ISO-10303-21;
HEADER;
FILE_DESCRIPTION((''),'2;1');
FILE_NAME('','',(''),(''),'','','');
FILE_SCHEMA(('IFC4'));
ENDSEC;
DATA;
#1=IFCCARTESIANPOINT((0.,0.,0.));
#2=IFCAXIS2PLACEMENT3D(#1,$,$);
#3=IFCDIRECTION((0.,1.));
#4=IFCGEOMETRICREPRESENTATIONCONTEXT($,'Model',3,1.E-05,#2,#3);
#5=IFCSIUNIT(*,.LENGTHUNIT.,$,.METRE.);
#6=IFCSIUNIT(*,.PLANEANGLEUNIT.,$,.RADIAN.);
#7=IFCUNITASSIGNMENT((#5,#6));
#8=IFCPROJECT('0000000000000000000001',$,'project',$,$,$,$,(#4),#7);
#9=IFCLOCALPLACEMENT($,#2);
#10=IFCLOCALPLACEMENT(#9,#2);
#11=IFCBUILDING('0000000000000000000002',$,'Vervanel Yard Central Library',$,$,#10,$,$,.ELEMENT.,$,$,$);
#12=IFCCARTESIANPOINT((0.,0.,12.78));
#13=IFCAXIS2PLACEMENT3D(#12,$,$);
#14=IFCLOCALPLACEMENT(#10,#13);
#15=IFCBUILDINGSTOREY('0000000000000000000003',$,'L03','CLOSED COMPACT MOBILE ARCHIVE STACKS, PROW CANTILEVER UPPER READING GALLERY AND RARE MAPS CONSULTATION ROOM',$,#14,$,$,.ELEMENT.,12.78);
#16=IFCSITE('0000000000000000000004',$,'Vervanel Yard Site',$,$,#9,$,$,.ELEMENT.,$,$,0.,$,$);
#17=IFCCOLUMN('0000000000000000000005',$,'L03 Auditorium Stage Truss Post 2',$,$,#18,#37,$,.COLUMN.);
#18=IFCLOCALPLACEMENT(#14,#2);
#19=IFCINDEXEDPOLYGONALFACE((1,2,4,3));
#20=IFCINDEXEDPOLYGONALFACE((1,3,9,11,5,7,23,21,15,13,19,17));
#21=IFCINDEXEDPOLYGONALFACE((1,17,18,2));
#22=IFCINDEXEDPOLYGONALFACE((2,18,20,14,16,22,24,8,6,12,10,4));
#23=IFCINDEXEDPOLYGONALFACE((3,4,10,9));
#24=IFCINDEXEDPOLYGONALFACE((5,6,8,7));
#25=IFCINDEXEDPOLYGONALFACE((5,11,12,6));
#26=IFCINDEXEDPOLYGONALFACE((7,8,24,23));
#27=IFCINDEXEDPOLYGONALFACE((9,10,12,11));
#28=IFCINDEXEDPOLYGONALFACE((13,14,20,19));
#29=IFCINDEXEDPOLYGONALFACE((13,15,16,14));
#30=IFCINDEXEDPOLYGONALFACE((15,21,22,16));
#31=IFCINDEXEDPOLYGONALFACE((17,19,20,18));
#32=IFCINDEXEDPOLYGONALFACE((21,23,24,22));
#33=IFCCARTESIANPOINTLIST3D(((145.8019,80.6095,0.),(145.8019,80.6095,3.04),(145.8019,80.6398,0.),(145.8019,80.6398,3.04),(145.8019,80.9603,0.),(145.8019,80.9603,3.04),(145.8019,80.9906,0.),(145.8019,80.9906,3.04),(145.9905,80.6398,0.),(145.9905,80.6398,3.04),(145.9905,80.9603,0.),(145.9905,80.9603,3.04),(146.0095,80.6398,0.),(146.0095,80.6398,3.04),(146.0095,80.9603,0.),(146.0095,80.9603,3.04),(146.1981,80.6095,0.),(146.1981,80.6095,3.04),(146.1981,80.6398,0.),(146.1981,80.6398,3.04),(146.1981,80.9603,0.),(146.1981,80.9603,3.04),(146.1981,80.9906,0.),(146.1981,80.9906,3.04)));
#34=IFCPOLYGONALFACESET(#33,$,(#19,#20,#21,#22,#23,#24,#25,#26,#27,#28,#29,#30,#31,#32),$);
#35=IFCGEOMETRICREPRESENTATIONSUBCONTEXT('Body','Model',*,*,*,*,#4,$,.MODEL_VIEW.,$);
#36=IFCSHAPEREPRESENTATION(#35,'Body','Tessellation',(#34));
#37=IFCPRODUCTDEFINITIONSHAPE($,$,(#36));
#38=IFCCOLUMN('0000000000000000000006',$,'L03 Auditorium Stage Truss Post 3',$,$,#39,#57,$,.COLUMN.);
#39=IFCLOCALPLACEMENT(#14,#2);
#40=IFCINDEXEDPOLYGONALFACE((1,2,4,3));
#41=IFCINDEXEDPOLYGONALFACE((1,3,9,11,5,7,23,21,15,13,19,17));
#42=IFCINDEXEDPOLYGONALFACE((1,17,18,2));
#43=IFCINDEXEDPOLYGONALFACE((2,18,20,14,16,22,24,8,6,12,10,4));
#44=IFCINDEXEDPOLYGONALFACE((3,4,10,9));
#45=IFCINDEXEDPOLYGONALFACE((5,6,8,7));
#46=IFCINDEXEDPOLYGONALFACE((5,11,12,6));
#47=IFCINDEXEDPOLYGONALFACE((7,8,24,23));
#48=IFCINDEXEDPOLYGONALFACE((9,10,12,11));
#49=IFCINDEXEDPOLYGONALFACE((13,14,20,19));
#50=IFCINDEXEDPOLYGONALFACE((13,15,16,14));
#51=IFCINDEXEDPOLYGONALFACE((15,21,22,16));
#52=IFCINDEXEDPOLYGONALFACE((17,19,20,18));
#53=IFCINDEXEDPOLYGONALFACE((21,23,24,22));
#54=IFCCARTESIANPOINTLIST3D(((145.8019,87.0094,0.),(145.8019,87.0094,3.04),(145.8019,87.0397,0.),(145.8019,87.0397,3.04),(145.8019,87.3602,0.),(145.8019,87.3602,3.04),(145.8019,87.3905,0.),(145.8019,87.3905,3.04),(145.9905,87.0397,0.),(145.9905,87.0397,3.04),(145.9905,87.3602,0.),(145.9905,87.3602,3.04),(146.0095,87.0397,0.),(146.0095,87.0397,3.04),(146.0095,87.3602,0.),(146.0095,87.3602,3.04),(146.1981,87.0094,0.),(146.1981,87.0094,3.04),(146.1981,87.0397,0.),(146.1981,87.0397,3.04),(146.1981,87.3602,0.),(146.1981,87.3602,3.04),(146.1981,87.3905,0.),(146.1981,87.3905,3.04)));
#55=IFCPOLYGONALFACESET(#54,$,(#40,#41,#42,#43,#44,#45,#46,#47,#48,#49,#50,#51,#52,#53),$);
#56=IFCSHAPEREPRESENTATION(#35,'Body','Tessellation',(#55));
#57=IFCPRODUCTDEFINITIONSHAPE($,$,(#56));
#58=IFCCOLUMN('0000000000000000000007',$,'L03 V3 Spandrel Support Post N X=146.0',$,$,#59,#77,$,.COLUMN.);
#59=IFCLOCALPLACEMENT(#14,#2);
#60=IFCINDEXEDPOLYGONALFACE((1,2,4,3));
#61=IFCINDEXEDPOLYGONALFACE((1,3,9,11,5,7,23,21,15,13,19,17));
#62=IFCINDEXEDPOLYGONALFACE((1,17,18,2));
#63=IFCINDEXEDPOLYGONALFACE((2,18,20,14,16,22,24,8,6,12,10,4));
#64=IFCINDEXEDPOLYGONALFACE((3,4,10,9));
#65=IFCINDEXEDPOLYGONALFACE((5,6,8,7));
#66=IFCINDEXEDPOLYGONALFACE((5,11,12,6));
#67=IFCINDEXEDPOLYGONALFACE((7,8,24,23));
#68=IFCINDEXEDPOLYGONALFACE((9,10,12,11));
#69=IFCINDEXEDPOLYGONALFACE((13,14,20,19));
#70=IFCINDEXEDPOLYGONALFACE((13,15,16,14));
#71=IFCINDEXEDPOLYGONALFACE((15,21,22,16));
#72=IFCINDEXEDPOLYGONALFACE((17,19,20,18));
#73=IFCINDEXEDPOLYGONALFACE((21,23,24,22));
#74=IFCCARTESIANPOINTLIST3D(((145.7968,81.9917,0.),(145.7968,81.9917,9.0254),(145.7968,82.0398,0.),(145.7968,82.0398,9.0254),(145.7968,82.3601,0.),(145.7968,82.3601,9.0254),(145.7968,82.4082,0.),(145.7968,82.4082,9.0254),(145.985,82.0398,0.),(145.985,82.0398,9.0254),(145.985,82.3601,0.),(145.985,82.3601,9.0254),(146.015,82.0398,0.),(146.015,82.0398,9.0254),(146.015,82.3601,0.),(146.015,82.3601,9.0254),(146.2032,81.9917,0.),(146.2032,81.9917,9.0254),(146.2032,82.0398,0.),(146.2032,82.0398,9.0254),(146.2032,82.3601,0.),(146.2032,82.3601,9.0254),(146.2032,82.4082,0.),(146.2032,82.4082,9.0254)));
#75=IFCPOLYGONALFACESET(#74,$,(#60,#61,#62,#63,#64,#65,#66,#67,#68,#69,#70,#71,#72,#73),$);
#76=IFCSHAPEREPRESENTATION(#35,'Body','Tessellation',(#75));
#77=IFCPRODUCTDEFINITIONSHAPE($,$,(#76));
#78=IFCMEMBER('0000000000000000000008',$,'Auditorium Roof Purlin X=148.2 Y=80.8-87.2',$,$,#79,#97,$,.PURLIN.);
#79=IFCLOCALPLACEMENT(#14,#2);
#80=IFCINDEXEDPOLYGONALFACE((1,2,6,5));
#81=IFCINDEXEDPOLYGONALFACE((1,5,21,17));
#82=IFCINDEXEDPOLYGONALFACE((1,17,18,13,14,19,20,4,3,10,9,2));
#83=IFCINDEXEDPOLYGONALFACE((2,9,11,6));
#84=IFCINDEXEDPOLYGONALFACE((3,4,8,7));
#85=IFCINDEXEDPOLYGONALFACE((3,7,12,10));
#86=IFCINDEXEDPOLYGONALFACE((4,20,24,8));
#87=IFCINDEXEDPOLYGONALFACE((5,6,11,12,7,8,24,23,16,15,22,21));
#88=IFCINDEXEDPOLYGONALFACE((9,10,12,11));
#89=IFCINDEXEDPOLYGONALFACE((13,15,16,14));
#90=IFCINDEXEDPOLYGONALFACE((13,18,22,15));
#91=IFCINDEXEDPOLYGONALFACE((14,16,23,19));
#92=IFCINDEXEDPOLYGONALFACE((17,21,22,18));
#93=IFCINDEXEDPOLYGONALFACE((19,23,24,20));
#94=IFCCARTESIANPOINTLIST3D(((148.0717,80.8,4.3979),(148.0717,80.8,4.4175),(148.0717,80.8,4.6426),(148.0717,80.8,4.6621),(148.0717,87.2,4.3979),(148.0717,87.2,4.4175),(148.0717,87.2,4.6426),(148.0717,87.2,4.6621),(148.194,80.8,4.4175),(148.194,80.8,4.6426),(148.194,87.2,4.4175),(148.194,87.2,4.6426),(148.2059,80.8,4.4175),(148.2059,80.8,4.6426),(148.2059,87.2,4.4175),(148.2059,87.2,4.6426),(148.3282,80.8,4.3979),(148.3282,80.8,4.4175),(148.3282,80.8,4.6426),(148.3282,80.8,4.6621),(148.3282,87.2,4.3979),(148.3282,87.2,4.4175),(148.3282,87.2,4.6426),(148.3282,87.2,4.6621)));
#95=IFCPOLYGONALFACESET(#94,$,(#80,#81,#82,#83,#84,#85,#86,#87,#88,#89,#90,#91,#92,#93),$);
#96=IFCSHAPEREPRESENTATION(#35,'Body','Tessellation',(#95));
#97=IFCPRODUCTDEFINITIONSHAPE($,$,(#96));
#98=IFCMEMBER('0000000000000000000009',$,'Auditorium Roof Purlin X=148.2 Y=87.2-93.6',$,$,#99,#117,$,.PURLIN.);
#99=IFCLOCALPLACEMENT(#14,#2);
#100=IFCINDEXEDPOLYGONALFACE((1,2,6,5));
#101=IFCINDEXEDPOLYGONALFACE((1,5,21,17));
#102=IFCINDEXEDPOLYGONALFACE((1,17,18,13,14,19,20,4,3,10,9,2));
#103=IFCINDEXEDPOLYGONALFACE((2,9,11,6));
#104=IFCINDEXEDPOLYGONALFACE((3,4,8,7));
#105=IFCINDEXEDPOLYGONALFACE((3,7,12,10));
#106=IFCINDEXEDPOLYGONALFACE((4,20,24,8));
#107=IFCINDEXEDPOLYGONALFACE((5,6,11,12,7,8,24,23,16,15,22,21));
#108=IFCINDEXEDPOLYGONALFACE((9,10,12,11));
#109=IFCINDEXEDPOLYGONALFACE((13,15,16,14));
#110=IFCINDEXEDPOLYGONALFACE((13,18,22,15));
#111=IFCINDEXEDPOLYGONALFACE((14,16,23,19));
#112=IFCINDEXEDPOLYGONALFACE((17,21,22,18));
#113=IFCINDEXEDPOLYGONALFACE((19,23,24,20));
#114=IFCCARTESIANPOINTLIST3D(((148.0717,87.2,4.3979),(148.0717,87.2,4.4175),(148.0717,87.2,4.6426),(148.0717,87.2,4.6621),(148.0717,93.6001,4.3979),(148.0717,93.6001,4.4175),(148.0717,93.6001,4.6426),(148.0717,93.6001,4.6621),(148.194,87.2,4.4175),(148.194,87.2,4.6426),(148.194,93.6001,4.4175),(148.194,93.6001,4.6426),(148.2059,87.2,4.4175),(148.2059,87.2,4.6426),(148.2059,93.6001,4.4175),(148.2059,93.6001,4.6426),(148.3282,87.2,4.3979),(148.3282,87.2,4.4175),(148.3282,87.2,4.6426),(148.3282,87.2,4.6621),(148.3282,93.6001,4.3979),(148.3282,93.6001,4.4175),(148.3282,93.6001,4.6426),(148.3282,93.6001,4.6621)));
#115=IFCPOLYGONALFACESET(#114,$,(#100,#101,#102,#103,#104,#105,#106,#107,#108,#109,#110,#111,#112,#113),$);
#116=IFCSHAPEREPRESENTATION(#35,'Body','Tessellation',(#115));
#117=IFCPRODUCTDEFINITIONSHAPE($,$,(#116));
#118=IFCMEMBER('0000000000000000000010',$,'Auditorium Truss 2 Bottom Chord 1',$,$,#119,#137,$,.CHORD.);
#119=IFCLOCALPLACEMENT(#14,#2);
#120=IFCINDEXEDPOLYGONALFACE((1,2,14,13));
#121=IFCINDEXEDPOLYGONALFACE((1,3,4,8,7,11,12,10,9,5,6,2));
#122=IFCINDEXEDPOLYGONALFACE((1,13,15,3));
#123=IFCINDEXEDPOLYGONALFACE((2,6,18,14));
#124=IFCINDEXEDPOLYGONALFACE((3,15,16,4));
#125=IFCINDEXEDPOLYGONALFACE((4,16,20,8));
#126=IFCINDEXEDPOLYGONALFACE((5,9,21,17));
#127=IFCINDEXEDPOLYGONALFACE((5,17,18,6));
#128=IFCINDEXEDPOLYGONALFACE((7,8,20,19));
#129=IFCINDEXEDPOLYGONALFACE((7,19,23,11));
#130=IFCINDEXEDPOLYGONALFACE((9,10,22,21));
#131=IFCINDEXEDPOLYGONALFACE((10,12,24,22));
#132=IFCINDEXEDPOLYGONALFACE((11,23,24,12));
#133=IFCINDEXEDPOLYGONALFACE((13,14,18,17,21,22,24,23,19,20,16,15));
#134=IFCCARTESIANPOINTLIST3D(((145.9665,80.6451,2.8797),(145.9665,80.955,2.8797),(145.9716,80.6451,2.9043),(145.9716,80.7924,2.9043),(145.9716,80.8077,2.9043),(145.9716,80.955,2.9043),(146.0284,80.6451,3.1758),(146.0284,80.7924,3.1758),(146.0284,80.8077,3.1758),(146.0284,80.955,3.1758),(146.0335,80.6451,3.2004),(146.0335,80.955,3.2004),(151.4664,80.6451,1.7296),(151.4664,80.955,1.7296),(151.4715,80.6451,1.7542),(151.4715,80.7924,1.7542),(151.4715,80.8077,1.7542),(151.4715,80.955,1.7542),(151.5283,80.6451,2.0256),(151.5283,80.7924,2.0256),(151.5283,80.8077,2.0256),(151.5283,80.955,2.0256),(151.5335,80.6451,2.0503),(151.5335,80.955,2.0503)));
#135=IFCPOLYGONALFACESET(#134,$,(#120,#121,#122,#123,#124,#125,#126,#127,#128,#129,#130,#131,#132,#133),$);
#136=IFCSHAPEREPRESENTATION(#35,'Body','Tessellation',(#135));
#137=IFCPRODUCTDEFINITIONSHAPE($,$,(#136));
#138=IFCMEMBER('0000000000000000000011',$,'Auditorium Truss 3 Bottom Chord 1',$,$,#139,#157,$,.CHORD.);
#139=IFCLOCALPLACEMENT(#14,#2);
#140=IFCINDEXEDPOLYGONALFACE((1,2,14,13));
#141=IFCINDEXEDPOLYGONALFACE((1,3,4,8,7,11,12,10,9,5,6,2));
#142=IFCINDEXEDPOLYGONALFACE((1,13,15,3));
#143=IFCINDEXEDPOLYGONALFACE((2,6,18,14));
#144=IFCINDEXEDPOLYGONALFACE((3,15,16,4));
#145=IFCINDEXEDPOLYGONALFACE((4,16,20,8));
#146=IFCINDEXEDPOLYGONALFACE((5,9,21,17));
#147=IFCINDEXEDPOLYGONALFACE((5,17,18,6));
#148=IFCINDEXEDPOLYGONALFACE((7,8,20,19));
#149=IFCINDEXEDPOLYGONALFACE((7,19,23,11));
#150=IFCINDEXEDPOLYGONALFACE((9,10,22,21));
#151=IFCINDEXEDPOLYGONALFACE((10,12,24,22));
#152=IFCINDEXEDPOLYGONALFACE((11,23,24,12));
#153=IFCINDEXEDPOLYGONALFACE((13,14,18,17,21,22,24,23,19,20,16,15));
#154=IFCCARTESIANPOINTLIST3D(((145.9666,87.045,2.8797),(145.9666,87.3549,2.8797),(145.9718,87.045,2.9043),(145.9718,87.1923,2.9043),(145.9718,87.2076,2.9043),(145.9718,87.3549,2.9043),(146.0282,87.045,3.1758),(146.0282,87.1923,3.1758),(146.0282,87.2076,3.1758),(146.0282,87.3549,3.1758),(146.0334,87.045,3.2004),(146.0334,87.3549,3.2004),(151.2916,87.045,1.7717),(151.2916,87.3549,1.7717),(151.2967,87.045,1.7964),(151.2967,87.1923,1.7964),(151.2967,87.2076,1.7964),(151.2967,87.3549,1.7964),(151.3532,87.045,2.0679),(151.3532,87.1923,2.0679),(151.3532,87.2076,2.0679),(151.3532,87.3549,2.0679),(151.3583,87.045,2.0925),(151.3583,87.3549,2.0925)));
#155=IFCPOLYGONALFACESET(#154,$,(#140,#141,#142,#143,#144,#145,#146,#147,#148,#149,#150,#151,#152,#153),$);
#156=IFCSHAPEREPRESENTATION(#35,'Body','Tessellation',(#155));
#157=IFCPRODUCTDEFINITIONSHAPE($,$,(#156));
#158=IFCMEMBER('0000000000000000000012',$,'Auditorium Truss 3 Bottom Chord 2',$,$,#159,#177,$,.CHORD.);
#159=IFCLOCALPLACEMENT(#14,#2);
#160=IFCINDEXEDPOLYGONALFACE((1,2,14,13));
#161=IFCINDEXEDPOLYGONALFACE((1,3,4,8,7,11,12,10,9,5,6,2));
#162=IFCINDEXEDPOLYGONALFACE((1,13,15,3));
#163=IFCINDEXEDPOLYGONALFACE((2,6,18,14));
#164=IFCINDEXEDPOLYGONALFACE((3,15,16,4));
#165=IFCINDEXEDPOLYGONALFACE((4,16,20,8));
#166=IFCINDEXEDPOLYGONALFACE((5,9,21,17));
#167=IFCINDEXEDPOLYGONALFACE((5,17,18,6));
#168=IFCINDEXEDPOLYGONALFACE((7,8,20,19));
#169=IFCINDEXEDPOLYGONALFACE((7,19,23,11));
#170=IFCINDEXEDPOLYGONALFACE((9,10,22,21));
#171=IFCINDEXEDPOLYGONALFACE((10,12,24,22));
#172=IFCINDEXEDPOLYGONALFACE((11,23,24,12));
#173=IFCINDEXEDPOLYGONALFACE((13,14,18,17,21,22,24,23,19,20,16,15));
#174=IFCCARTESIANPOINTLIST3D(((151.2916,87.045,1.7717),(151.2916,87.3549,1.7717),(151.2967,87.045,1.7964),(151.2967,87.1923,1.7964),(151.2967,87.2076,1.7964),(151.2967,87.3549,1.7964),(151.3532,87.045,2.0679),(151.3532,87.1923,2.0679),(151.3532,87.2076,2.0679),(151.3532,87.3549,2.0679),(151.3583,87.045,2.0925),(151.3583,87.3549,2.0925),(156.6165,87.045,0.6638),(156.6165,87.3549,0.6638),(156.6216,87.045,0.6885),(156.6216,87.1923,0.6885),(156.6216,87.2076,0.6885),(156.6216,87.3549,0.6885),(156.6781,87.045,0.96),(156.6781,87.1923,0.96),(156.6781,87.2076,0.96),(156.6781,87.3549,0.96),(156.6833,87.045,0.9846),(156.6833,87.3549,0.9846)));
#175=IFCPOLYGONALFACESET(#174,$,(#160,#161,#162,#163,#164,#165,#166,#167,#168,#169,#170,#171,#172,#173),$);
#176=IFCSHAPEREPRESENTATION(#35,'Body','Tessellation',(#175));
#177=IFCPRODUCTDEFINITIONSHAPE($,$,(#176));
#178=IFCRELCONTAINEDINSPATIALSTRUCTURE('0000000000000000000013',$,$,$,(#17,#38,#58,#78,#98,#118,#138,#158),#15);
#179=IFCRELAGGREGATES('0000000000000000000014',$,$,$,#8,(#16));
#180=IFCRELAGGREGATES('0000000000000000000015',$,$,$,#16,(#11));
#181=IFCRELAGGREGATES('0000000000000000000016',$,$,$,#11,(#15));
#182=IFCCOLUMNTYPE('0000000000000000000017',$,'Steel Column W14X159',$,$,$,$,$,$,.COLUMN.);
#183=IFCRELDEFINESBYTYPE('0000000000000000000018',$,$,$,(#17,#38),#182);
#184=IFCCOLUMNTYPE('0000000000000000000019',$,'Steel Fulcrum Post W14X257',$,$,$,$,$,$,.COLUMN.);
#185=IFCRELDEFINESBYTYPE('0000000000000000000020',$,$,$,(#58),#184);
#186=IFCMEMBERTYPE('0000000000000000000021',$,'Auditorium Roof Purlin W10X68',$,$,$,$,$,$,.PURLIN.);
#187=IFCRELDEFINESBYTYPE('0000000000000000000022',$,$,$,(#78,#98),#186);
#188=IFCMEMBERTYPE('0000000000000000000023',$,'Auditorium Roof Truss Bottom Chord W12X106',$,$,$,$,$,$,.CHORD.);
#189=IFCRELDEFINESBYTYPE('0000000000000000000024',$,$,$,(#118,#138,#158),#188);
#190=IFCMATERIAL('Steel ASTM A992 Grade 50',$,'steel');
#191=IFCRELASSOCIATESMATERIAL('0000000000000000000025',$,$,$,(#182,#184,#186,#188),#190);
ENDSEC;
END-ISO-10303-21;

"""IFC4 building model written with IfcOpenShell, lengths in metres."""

from ifc_helpers import new_model, si_unit, direction, frame, origin, origin_2d, place, context, subcontext, project, spatial, i_section, extrude, material, material_profile, profile_set, type_object, element, save


model = new_model("IFC4")

# Units and contexts
model_context = context("Model", 3, precision=1e-05, world=origin(), true_north=direction((0.0, 1.0)))
body_context = subcontext(model_context, "Body", "Model", "MODEL_VIEW")
ifc_project = project(units=[si_unit("LENGTHUNIT", "METRE"), si_unit("PLANEANGLEUNIT", "RADIAN")], contexts=[model_context])

# Site, building, storey
site_placement = place(None, origin())
site = spatial("IfcSite", under=ifc_project, at=site_placement, Name="Vervanel Yard Site", CompositionType="ELEMENT", RefElevation=0.0)
building_placement = place(site_placement, origin())
building = spatial("IfcBuilding", under=site, at=building_placement, Name="Vervanel Yard Central Library", CompositionType="ELEMENT")
storey_placement = place(building_placement, frame((0.0, 0.0, 12.78)))
storey = spatial("IfcBuildingStorey", under=building, at=storey_placement, Name="L03", Description="CLOSED COMPACT MOBILE ARCHIVE STACKS, PROW CANTILEVER UPPER READING GALLERY AND RARE MAPS CONSULTATION ROOM", CompositionType="ELEMENT", Elevation=12.78)

# Columns
ifc_material_1 = material(Name="Steel ASTM A992 Grade 50", Category="steel")
ifc_material_profile_1 = material_profile(ifc_material_1, i_section(OverallWidth=0.3962, OverallDepth=0.3811, WebThickness=0.019, FlangeThickness=0.0303, at=origin_2d()), Name="W14X159", Category="steel")
ifc_profile_set_1 = profile_set([ifc_material_profile_1], Name="Steel ASTM A992 Grade 50")
column_type_1 = type_object("IfcColumnType", Name="Steel Column W14X159", PredefinedType="COLUMN", material=ifc_profile_set_1)
for number, where, z_axis, x_axis, name in (
    (1, (146.0, 80.8, 0.0), (0.0, 0.0, 1.0), (1.0, 0.0, 0.0), "L03 Auditorium Stage Truss Post 2"),
    (2, (146.0, 87.2, 0.0), (0.0, 0.0, 1.0), (1.0, 0.0, 0.0), "L03 Auditorium Stage Truss Post 3"),
):
    element("IfcColumn", number, at=place(storey_placement, frame(where, z_axis=z_axis, x_axis=x_axis)), inside=storey, type_object=column_type_1, Name=name, PredefinedType="COLUMN", context=body_context, shape_type="SweptSolid", body=[
        extrude(i_section(OverallWidth=0.3962, OverallDepth=0.3811, WebThickness=0.019, FlangeThickness=0.0303, at=origin_2d()), origin(), (0.0, 0.0, 1.0), 3.04),
    ])
ifc_material_profile_2 = material_profile(ifc_material_1, i_section(OverallWidth=0.4065, OverallDepth=0.4165, WebThickness=0.03, FlangeThickness=0.0481, at=origin_2d()), Name="W14X257", Category="steel")
ifc_profile_set_2 = profile_set([ifc_material_profile_2], Name="Steel ASTM A992 Grade 50")
column_type_2 = type_object("IfcColumnType", Name="Steel Fulcrum Post W14X257", PredefinedType="COLUMN", material=ifc_profile_set_2)
column_placement = place(storey_placement, frame((146.0, 82.2, 0.0), z_axis=(0.0, 0.0, 1.0), x_axis=(1.0, 0.0, 0.0)))
element("IfcColumn", 3, at=column_placement, inside=storey, type_object=column_type_2, Name="L03 V3 Spandrel Support Post N X=146.0", PredefinedType="COLUMN", context=body_context, shape_type="SweptSolid", body=[
    extrude(i_section(OverallWidth=0.4065, OverallDepth=0.4165, WebThickness=0.03, FlangeThickness=0.0481, at=origin_2d()), origin(), (0.0, 0.0, 1.0), 9.0254),
])

# Members
ifc_material_profile_3 = material_profile(ifc_material_1, i_section(OverallWidth=0.2566, OverallDepth=0.2642, WebThickness=0.012, FlangeThickness=0.0195, at=origin_2d()), Name="W10X68", Category="steel")
ifc_profile_set_3 = profile_set([ifc_material_profile_3], Name="Steel ASTM A992 Grade 50")
member_type_1 = type_object("IfcMemberType", Name="Auditorium Roof Purlin W10X68", PredefinedType="PURLIN", material=ifc_profile_set_3)
member_1_placement = place(storey_placement, frame((148.2, 80.8, 4.53), z_axis=(0.0, 1.0, 0.0), x_axis=(-1.0, 0.0, 0.0)))
element("IfcMember", 4, at=member_1_placement, inside=storey, type_object=member_type_1, Name="Auditorium Roof Purlin X=148.2 Y=80.8-87.2", PredefinedType="PURLIN", context=body_context, shape_type="SweptSolid", body=[
    extrude(i_section(OverallWidth=0.2566, OverallDepth=0.2642, WebThickness=0.012, FlangeThickness=0.0195, at=origin_2d()), origin(), (0.0, 0.0, 1.0), 6.3999),
])
member_2_placement = place(storey_placement, frame((148.2, 87.2, 4.53), z_axis=(0.0, 1.0, 0.0), x_axis=(-1.0, 0.0, 0.0)))
element("IfcMember", 5, at=member_2_placement, inside=storey, type_object=member_type_1, Name="Auditorium Roof Purlin X=148.2 Y=87.2-93.6", PredefinedType="PURLIN", context=body_context, shape_type="SweptSolid", body=[
    extrude(i_section(OverallWidth=0.2566, OverallDepth=0.2642, WebThickness=0.012, FlangeThickness=0.0195, at=origin_2d()), origin(), (0.0, 0.0, 1.0), 6.4001),
])
ifc_material_profile_4 = material_profile(ifc_material_1, i_section(OverallWidth=0.3098, OverallDepth=0.3276, WebThickness=0.0154, FlangeThickness=0.0251, at=origin_2d()), Name="W12X106", Category="steel")
ifc_profile_set_4 = profile_set([ifc_material_profile_4], Name="Steel ASTM A992 Grade 50")
member_type_2 = type_object("IfcMemberType", Name="Auditorium Roof Truss Bottom Chord W12X106", PredefinedType="CHORD", material=ifc_profile_set_4)
member_3_placement = place(storey_placement, frame((146.0, 80.8, 3.04), z_axis=(0.978827, 0.0, -0.20469), x_axis=(0.0, 1.0, 0.0)))
element("IfcMember", 6, at=member_3_placement, inside=storey, type_object=member_type_2, Name="Auditorium Truss 2 Bottom Chord 1", PredefinedType="CHORD", context=body_context, shape_type="SweptSolid", body=[
    extrude(i_section(OverallWidth=0.3098, OverallDepth=0.3276, WebThickness=0.0154, FlangeThickness=0.0251, at=origin_2d()), origin(), (0.0, 0.0, 1.0), 5.6189),
])
for number, where, z_axis, x_axis, name in (
    (7, (146.0, 87.2, 3.04), (0.979034, 0.0, -0.203698), (0.0, 1.0, 0.0), "Auditorium Truss 3 Bottom Chord 1"),
    (8, (151.325, 87.2, 1.9321), (0.979034, 0.0, -0.203698), (0.0, 1.0, 0.0), "Auditorium Truss 3 Bottom Chord 2"),
):
    element("IfcMember", number, at=place(storey_placement, frame(where, z_axis=z_axis, x_axis=x_axis)), inside=storey, type_object=member_type_2, Name=name, PredefinedType="CHORD", context=body_context, shape_type="SweptSolid", body=[
        extrude(i_section(OverallWidth=0.3098, OverallDepth=0.3276, WebThickness=0.0154, FlangeThickness=0.0251, at=origin_2d()), origin(), (0.0, 0.0, 1.0), 5.439),
    ])

save(model, "model.ifc")
